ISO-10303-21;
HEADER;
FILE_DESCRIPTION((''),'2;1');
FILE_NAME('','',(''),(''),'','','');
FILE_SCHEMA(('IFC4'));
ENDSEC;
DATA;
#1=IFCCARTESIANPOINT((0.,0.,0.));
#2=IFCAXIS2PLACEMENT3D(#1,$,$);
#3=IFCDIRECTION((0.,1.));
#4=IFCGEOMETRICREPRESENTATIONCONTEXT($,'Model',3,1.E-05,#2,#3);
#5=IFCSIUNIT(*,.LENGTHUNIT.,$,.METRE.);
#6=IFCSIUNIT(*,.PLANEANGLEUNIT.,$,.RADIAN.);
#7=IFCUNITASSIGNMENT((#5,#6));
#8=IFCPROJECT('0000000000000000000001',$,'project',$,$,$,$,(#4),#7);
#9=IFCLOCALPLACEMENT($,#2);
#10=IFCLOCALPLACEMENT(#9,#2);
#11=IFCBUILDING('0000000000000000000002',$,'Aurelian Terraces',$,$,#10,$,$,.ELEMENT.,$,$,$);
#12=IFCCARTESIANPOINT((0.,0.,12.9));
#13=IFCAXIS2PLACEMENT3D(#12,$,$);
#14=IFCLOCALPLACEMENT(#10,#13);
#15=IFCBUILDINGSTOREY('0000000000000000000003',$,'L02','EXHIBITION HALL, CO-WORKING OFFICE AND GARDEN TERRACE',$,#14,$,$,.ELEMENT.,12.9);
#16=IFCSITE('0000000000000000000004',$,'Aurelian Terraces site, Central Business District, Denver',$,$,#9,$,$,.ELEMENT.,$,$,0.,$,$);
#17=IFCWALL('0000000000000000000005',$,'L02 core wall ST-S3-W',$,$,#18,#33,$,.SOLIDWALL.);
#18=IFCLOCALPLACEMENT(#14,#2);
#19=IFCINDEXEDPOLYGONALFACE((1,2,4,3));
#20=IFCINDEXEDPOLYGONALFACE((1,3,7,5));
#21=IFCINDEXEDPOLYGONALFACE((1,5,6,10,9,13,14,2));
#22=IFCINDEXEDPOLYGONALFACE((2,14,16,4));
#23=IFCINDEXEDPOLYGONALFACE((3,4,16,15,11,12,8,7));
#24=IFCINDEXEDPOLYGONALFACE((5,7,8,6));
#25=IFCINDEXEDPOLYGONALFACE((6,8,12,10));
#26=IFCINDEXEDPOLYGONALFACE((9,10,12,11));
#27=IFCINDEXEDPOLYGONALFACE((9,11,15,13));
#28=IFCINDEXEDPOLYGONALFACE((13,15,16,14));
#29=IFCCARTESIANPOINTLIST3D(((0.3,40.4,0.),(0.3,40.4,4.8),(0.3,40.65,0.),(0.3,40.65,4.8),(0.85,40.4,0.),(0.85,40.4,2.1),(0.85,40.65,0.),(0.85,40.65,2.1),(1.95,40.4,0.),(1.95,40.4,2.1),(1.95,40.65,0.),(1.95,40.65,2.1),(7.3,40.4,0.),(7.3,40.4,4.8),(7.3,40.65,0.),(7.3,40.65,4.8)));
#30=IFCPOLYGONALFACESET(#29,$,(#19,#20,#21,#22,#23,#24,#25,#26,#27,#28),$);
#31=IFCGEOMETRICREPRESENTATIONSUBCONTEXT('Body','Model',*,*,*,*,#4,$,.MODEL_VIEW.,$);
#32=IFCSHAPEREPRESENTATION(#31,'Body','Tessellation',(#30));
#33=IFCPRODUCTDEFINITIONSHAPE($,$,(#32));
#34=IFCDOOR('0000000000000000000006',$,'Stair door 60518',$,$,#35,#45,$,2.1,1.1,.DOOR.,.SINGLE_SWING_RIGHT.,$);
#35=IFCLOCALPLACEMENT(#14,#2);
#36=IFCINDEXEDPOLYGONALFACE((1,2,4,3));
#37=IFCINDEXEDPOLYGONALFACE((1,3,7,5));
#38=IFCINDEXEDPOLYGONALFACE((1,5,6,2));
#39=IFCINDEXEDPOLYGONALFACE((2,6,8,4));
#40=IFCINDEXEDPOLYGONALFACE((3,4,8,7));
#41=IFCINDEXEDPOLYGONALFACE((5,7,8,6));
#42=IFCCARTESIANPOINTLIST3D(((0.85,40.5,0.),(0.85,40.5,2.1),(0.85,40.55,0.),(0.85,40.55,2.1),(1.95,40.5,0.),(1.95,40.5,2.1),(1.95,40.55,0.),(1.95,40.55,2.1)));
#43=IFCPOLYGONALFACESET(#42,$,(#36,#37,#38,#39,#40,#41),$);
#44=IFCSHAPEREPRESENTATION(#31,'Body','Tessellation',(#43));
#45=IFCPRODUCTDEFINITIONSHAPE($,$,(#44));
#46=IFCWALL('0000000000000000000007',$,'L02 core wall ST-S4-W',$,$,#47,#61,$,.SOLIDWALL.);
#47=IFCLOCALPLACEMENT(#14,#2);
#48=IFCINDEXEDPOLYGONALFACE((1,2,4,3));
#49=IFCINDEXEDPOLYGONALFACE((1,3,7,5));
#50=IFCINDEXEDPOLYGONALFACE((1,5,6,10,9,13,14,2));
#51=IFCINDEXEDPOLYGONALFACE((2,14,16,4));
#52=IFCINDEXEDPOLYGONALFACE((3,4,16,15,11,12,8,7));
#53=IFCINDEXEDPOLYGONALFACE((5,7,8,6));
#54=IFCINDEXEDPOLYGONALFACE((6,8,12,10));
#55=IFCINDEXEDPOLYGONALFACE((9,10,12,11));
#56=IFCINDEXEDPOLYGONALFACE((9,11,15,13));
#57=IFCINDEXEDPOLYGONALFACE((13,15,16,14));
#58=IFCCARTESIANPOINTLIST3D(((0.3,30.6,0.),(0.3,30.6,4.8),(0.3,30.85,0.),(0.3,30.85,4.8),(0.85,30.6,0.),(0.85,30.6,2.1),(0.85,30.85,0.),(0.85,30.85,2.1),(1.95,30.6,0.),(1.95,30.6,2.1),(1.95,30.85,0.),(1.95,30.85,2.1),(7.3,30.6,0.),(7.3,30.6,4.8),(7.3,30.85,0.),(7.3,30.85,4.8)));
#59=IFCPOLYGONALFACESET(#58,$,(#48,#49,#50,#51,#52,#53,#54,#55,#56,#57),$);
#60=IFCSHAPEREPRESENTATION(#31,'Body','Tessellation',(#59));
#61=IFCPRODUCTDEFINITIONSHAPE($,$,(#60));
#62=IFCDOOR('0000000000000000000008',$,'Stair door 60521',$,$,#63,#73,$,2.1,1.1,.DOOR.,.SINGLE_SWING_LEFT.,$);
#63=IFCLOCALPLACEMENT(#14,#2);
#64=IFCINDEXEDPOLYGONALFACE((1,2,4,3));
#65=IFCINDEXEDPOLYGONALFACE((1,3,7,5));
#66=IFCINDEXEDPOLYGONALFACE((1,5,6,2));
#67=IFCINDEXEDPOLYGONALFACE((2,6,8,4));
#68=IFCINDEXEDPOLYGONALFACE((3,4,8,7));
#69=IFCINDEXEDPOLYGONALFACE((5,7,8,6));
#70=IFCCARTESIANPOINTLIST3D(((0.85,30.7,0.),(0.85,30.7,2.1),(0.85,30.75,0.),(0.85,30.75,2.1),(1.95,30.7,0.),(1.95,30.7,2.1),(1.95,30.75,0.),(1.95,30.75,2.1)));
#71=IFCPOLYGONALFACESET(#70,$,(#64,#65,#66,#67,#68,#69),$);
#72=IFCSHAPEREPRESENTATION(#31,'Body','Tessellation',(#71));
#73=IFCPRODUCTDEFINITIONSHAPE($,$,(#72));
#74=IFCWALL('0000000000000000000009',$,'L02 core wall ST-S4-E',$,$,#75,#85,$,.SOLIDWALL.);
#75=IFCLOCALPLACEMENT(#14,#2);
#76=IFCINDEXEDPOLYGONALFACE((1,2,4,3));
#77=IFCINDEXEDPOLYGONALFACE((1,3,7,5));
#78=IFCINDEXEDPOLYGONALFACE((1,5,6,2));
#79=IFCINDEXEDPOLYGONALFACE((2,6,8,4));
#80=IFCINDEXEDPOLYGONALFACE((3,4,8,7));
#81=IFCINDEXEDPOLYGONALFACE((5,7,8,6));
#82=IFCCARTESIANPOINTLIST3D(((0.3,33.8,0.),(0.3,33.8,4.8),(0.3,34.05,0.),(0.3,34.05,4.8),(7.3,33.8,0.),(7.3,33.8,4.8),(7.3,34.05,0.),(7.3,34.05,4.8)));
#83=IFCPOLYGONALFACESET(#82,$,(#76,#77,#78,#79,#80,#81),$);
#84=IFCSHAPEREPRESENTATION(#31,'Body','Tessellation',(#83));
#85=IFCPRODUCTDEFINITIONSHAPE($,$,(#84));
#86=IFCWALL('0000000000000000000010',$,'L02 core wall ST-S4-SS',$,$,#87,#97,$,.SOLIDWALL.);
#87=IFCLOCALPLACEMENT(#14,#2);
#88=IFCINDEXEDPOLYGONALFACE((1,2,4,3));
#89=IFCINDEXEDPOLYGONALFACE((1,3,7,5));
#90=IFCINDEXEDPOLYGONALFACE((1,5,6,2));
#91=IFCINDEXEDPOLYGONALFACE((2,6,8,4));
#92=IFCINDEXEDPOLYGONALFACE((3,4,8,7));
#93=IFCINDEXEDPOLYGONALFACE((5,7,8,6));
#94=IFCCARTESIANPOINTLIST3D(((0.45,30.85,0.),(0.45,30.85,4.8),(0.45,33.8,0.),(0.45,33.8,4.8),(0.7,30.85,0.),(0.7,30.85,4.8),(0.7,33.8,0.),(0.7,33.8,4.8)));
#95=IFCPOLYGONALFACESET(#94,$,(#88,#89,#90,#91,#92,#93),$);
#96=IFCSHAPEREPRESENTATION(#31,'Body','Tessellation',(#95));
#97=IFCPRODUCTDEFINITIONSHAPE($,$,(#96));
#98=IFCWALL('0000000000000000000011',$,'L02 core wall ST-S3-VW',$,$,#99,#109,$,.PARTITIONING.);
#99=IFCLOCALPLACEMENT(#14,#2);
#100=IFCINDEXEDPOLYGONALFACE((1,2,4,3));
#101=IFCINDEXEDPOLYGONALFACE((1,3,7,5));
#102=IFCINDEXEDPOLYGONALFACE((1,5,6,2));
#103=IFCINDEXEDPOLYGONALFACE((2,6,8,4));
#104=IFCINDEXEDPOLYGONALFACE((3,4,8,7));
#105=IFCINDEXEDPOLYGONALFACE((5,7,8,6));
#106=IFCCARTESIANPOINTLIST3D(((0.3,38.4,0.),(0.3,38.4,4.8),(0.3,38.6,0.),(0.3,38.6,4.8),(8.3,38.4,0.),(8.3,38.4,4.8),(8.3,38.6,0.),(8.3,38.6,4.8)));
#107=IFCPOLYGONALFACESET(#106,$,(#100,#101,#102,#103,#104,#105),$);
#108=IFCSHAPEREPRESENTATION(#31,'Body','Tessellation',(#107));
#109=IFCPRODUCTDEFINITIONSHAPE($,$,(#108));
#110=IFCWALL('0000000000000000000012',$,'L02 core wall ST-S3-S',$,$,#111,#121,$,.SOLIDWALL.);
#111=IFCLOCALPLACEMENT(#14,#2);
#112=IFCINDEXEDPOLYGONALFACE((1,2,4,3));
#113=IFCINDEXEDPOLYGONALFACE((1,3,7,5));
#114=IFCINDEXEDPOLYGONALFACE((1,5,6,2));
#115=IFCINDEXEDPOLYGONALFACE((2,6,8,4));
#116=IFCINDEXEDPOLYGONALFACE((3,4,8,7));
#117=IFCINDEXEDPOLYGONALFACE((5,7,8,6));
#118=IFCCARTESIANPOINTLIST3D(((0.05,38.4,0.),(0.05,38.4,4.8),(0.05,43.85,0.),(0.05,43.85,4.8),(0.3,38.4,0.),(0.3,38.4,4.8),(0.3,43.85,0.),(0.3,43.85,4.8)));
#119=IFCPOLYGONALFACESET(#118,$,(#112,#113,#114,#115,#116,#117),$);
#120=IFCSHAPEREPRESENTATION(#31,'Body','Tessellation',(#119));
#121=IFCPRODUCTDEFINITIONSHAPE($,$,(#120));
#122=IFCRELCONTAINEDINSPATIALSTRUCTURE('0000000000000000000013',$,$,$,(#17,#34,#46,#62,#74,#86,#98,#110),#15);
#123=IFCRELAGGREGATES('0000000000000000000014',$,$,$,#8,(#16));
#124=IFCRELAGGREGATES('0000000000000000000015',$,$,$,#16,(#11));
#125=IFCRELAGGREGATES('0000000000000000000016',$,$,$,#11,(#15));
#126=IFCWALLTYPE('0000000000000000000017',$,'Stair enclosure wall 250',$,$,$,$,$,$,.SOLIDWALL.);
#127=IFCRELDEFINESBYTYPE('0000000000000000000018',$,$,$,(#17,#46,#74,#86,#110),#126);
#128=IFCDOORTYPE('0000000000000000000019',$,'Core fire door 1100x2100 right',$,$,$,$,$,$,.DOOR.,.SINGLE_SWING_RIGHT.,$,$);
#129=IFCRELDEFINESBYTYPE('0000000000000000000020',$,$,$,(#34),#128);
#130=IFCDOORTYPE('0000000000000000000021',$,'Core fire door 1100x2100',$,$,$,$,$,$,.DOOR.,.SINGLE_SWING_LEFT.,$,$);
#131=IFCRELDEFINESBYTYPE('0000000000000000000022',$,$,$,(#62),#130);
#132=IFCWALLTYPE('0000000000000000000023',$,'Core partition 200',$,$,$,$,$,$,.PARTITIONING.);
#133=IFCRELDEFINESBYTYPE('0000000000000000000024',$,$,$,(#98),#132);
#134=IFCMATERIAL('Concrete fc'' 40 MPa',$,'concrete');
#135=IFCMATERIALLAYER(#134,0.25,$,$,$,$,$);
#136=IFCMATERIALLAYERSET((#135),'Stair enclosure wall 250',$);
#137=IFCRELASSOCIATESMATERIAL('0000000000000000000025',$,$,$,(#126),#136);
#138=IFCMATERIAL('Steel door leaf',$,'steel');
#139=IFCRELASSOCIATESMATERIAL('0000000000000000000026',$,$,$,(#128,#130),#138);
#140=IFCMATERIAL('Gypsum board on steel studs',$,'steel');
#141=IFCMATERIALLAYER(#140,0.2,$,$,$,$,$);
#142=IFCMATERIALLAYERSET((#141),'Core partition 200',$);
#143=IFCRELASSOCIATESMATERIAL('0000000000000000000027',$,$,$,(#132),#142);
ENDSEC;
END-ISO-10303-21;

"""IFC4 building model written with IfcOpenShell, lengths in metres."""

from ifc_helpers import new_model, si_unit, direction, frame, frame_2d, origin, place, context, subcontext, project, spatial, rectangle, extrude, source, transform, mapped, material, layer, layer_set, type_object, element, fill, save


model = new_model("IFC4")

# Units and contexts
model_context = context("Model", 3, precision=1e-05, world=origin(), true_north=direction((0.0, 1.0)))
body_context = subcontext(model_context, "Body", "Model", "MODEL_VIEW")
ifc_project = project(units=[si_unit("LENGTHUNIT", "METRE"), si_unit("PLANEANGLEUNIT", "RADIAN")], contexts=[model_context])

# Site, building, storey
site_placement = place(None, origin())
site = spatial("IfcSite", under=ifc_project, at=site_placement, Name="Aurelian Terraces site, Central Business District, Denver", CompositionType="ELEMENT", RefElevation=0.0)
building_placement = place(site_placement, origin())
building = spatial("IfcBuilding", under=site, at=building_placement, Name="Aurelian Terraces", CompositionType="ELEMENT")
storey_placement = place(building_placement, frame((0.0, 0.0, 12.9)))
storey = spatial("IfcBuildingStorey", under=building, at=storey_placement, Name="L02", Description="EXHIBITION HALL, CO-WORKING OFFICE AND GARDEN TERRACE", CompositionType="ELEMENT", Elevation=12.9)

# Walls, openings, doors
ifc_material_1 = material(Name="Concrete fc' 40 MPa", Category="concrete")
ifc_layer_1 = layer(ifc_material_1, 0.25)
ifc_layer_set_1 = layer_set([ifc_layer_1], Name="Stair enclosure wall 250")
wall_type_1 = type_object("IfcWallType", Name="Stair enclosure wall 250", PredefinedType="SOLIDWALL", material=ifc_layer_set_1)
shared_shape_1 = source(origin(), body_context, "Body", "SweptSolid", [
    extrude(rectangle(XDim=7.0, YDim=0.25, at=frame_2d((3.5, 0.0))), origin(), (0.0, 0.0, 1.0), 4.8),
])
wall_1_placement = place(storey_placement, frame((0.3, 40.525, 0.0), z_axis=(0.0, 0.0, 1.0), x_axis=(1.0, 0.0, 0.0)))
wall_1 = element("IfcWall", 1, at=wall_1_placement, inside=storey, type_object=wall_type_1, Name="L02 core wall ST-S3-W", PredefinedType="SOLIDWALL", context=body_context, shape_type="MappedRepresentation", body=[
    mapped(shared_shape_1, transform((0.0, 0.0, 0.0), scale=1.0)),
])
shared_shape_2 = source(origin(), body_context, "Body", "SweptSolid", [
    extrude(rectangle(XDim=1.1, YDim=2.1, at=frame_2d((0.55, 1.05))), frame((0.0, 0.135, 0.0), z_axis=(0.0, -1.0, 0.0), x_axis=(1.0, 0.0, 0.0)), (0.0, 0.0, 1.0), 0.27),
])
opening_1_placement = place(wall_1_placement, frame((0.55, 0.0, 0.0)))
opening_1 = element("IfcOpeningElement", 2, at=opening_1_placement, cuts=wall_1, PredefinedType="OPENING", context=body_context, shape_type="MappedRepresentation", body=[
    mapped(shared_shape_2, transform((0.0, 0.0, 0.0), scale=1.0)),
])
ifc_material_2 = material(Name="Steel door leaf", Category="steel")
door_type_1 = type_object("IfcDoorType", Name="Core fire door 1100x2100 right", OperationType="SINGLE_SWING_RIGHT", PredefinedType="DOOR", material=ifc_material_2)
shared_shape_3 = source(origin(), body_context, "Body", "SweptSolid", [
    extrude(rectangle(XDim=1.1, YDim=2.1, at=frame_2d((0.55, 1.05))), frame((0.0, 0.025, 0.0), z_axis=(0.0, -1.0, 0.0), x_axis=(1.0, 0.0, 0.0)), (0.0, 0.0, 1.0), 0.05),
])
door_1_placement = place(opening_1_placement, origin())
door_1 = element("IfcDoor", 3, at=door_1_placement, inside=storey, type_object=door_type_1, Name="Stair door 60518", OperationType="SINGLE_SWING_RIGHT", OverallHeight=2.1, OverallWidth=1.1, PredefinedType="DOOR", context=body_context, shape_type="MappedRepresentation", body=[
    mapped(shared_shape_3, transform((0.0, 0.0, 0.0), scale=1.0)),
])
fill(opening_1, door_1)
wall_2_placement = place(storey_placement, frame((0.3, 30.725, 0.0), z_axis=(0.0, 0.0, 1.0), x_axis=(1.0, 0.0, 0.0)))
wall_2 = element("IfcWall", 4, at=wall_2_placement, inside=storey, type_object=wall_type_1, Name="L02 core wall ST-S4-W", PredefinedType="SOLIDWALL", context=body_context, shape_type="MappedRepresentation", body=[
    mapped(shared_shape_1, transform((0.0, 0.0, 0.0), scale=1.0)),
])
opening_2_placement = place(wall_2_placement, frame((0.55, 0.0, 0.0)))
opening_2 = element("IfcOpeningElement", 5, at=opening_2_placement, cuts=wall_2, PredefinedType="OPENING", context=body_context, shape_type="MappedRepresentation", body=[
    mapped(shared_shape_2, transform((0.0, 0.0, 0.0), scale=1.0)),
])
door_type_2 = type_object("IfcDoorType", Name="Core fire door 1100x2100", OperationType="SINGLE_SWING_LEFT", PredefinedType="DOOR", material=ifc_material_2)
door_2_placement = place(opening_2_placement, origin())
door_2 = element("IfcDoor", 6, at=door_2_placement, inside=storey, type_object=door_type_2, Name="Stair door 60521", OperationType="SINGLE_SWING_LEFT", OverallHeight=2.1, OverallWidth=1.1, PredefinedType="DOOR", context=body_context, shape_type="MappedRepresentation", body=[
    mapped(shared_shape_3, transform((0.0, 0.0, 0.0), scale=1.0)),
])
fill(opening_2, door_2)

# Walls
wall_3_placement = place(storey_placement, frame((0.3, 33.925, 0.0), z_axis=(0.0, 0.0, 1.0), x_axis=(1.0, 0.0, 0.0)))
element("IfcWall", 7, at=wall_3_placement, inside=storey, type_object=wall_type_1, Name="L02 core wall ST-S4-E", PredefinedType="SOLIDWALL", context=body_context, shape_type="MappedRepresentation", body=[
    mapped(shared_shape_1, transform((0.0, 0.0, 0.0), scale=1.0)),
])
shared_shape_4 = source(origin(), body_context, "Body", "SweptSolid", [
    extrude(rectangle(XDim=2.95, YDim=0.25, at=frame_2d((1.475, 0.0))), origin(), (0.0, 0.0, 1.0), 4.8),
])
wall_4_placement = place(storey_placement, frame((0.575, 30.85, 0.0), z_axis=(0.0, 0.0, 1.0), x_axis=(0.0, 1.0, 0.0)))
element("IfcWall", 8, at=wall_4_placement, inside=storey, type_object=wall_type_1, Name="L02 core wall ST-S4-SS", PredefinedType="SOLIDWALL", context=body_context, shape_type="MappedRepresentation", body=[
    mapped(shared_shape_4, transform((0.0, 0.0, 0.0), scale=1.0)),
])
ifc_material_3 = material(Name="Gypsum board on steel studs", Category="steel")
ifc_layer_2 = layer(ifc_material_3, 0.2)
ifc_layer_set_2 = layer_set([ifc_layer_2], Name="Core partition 200")
wall_type_2 = type_object("IfcWallType", Name="Core partition 200", PredefinedType="PARTITIONING", material=ifc_layer_set_2)
shared_shape_5 = source(origin(), body_context, "Body", "SweptSolid", [
    extrude(rectangle(XDim=8.0, YDim=0.2, at=frame_2d((4.0, 0.0))), origin(), (0.0, 0.0, 1.0), 4.8),
])
wall_5_placement = place(storey_placement, frame((0.3, 38.5, 0.0), z_axis=(0.0, 0.0, 1.0), x_axis=(1.0, 0.0, 0.0)))
element("IfcWall", 9, at=wall_5_placement, inside=storey, type_object=wall_type_2, Name="L02 core wall ST-S3-VW", PredefinedType="PARTITIONING", context=body_context, shape_type="MappedRepresentation", body=[
    mapped(shared_shape_5, transform((0.0, 0.0, 0.0), scale=1.0)),
])
shared_shape_6 = source(origin(), body_context, "Body", "SweptSolid", [
    extrude(rectangle(XDim=5.45, YDim=0.25, at=frame_2d((2.725, 0.0))), origin(), (0.0, 0.0, 1.0), 4.8),
])
wall_6_placement = place(storey_placement, frame((0.175, 38.4, 0.0), z_axis=(0.0, 0.0, 1.0), x_axis=(0.0, 1.0, 0.0)))
element("IfcWall", 10, at=wall_6_placement, inside=storey, type_object=wall_type_1, Name="L02 core wall ST-S3-S", PredefinedType="SOLIDWALL", context=body_context, shape_type="MappedRepresentation", body=[
    mapped(shared_shape_6, transform((0.0, 0.0, 0.0), scale=1.0)),
])

save(model, "model.ifc")
